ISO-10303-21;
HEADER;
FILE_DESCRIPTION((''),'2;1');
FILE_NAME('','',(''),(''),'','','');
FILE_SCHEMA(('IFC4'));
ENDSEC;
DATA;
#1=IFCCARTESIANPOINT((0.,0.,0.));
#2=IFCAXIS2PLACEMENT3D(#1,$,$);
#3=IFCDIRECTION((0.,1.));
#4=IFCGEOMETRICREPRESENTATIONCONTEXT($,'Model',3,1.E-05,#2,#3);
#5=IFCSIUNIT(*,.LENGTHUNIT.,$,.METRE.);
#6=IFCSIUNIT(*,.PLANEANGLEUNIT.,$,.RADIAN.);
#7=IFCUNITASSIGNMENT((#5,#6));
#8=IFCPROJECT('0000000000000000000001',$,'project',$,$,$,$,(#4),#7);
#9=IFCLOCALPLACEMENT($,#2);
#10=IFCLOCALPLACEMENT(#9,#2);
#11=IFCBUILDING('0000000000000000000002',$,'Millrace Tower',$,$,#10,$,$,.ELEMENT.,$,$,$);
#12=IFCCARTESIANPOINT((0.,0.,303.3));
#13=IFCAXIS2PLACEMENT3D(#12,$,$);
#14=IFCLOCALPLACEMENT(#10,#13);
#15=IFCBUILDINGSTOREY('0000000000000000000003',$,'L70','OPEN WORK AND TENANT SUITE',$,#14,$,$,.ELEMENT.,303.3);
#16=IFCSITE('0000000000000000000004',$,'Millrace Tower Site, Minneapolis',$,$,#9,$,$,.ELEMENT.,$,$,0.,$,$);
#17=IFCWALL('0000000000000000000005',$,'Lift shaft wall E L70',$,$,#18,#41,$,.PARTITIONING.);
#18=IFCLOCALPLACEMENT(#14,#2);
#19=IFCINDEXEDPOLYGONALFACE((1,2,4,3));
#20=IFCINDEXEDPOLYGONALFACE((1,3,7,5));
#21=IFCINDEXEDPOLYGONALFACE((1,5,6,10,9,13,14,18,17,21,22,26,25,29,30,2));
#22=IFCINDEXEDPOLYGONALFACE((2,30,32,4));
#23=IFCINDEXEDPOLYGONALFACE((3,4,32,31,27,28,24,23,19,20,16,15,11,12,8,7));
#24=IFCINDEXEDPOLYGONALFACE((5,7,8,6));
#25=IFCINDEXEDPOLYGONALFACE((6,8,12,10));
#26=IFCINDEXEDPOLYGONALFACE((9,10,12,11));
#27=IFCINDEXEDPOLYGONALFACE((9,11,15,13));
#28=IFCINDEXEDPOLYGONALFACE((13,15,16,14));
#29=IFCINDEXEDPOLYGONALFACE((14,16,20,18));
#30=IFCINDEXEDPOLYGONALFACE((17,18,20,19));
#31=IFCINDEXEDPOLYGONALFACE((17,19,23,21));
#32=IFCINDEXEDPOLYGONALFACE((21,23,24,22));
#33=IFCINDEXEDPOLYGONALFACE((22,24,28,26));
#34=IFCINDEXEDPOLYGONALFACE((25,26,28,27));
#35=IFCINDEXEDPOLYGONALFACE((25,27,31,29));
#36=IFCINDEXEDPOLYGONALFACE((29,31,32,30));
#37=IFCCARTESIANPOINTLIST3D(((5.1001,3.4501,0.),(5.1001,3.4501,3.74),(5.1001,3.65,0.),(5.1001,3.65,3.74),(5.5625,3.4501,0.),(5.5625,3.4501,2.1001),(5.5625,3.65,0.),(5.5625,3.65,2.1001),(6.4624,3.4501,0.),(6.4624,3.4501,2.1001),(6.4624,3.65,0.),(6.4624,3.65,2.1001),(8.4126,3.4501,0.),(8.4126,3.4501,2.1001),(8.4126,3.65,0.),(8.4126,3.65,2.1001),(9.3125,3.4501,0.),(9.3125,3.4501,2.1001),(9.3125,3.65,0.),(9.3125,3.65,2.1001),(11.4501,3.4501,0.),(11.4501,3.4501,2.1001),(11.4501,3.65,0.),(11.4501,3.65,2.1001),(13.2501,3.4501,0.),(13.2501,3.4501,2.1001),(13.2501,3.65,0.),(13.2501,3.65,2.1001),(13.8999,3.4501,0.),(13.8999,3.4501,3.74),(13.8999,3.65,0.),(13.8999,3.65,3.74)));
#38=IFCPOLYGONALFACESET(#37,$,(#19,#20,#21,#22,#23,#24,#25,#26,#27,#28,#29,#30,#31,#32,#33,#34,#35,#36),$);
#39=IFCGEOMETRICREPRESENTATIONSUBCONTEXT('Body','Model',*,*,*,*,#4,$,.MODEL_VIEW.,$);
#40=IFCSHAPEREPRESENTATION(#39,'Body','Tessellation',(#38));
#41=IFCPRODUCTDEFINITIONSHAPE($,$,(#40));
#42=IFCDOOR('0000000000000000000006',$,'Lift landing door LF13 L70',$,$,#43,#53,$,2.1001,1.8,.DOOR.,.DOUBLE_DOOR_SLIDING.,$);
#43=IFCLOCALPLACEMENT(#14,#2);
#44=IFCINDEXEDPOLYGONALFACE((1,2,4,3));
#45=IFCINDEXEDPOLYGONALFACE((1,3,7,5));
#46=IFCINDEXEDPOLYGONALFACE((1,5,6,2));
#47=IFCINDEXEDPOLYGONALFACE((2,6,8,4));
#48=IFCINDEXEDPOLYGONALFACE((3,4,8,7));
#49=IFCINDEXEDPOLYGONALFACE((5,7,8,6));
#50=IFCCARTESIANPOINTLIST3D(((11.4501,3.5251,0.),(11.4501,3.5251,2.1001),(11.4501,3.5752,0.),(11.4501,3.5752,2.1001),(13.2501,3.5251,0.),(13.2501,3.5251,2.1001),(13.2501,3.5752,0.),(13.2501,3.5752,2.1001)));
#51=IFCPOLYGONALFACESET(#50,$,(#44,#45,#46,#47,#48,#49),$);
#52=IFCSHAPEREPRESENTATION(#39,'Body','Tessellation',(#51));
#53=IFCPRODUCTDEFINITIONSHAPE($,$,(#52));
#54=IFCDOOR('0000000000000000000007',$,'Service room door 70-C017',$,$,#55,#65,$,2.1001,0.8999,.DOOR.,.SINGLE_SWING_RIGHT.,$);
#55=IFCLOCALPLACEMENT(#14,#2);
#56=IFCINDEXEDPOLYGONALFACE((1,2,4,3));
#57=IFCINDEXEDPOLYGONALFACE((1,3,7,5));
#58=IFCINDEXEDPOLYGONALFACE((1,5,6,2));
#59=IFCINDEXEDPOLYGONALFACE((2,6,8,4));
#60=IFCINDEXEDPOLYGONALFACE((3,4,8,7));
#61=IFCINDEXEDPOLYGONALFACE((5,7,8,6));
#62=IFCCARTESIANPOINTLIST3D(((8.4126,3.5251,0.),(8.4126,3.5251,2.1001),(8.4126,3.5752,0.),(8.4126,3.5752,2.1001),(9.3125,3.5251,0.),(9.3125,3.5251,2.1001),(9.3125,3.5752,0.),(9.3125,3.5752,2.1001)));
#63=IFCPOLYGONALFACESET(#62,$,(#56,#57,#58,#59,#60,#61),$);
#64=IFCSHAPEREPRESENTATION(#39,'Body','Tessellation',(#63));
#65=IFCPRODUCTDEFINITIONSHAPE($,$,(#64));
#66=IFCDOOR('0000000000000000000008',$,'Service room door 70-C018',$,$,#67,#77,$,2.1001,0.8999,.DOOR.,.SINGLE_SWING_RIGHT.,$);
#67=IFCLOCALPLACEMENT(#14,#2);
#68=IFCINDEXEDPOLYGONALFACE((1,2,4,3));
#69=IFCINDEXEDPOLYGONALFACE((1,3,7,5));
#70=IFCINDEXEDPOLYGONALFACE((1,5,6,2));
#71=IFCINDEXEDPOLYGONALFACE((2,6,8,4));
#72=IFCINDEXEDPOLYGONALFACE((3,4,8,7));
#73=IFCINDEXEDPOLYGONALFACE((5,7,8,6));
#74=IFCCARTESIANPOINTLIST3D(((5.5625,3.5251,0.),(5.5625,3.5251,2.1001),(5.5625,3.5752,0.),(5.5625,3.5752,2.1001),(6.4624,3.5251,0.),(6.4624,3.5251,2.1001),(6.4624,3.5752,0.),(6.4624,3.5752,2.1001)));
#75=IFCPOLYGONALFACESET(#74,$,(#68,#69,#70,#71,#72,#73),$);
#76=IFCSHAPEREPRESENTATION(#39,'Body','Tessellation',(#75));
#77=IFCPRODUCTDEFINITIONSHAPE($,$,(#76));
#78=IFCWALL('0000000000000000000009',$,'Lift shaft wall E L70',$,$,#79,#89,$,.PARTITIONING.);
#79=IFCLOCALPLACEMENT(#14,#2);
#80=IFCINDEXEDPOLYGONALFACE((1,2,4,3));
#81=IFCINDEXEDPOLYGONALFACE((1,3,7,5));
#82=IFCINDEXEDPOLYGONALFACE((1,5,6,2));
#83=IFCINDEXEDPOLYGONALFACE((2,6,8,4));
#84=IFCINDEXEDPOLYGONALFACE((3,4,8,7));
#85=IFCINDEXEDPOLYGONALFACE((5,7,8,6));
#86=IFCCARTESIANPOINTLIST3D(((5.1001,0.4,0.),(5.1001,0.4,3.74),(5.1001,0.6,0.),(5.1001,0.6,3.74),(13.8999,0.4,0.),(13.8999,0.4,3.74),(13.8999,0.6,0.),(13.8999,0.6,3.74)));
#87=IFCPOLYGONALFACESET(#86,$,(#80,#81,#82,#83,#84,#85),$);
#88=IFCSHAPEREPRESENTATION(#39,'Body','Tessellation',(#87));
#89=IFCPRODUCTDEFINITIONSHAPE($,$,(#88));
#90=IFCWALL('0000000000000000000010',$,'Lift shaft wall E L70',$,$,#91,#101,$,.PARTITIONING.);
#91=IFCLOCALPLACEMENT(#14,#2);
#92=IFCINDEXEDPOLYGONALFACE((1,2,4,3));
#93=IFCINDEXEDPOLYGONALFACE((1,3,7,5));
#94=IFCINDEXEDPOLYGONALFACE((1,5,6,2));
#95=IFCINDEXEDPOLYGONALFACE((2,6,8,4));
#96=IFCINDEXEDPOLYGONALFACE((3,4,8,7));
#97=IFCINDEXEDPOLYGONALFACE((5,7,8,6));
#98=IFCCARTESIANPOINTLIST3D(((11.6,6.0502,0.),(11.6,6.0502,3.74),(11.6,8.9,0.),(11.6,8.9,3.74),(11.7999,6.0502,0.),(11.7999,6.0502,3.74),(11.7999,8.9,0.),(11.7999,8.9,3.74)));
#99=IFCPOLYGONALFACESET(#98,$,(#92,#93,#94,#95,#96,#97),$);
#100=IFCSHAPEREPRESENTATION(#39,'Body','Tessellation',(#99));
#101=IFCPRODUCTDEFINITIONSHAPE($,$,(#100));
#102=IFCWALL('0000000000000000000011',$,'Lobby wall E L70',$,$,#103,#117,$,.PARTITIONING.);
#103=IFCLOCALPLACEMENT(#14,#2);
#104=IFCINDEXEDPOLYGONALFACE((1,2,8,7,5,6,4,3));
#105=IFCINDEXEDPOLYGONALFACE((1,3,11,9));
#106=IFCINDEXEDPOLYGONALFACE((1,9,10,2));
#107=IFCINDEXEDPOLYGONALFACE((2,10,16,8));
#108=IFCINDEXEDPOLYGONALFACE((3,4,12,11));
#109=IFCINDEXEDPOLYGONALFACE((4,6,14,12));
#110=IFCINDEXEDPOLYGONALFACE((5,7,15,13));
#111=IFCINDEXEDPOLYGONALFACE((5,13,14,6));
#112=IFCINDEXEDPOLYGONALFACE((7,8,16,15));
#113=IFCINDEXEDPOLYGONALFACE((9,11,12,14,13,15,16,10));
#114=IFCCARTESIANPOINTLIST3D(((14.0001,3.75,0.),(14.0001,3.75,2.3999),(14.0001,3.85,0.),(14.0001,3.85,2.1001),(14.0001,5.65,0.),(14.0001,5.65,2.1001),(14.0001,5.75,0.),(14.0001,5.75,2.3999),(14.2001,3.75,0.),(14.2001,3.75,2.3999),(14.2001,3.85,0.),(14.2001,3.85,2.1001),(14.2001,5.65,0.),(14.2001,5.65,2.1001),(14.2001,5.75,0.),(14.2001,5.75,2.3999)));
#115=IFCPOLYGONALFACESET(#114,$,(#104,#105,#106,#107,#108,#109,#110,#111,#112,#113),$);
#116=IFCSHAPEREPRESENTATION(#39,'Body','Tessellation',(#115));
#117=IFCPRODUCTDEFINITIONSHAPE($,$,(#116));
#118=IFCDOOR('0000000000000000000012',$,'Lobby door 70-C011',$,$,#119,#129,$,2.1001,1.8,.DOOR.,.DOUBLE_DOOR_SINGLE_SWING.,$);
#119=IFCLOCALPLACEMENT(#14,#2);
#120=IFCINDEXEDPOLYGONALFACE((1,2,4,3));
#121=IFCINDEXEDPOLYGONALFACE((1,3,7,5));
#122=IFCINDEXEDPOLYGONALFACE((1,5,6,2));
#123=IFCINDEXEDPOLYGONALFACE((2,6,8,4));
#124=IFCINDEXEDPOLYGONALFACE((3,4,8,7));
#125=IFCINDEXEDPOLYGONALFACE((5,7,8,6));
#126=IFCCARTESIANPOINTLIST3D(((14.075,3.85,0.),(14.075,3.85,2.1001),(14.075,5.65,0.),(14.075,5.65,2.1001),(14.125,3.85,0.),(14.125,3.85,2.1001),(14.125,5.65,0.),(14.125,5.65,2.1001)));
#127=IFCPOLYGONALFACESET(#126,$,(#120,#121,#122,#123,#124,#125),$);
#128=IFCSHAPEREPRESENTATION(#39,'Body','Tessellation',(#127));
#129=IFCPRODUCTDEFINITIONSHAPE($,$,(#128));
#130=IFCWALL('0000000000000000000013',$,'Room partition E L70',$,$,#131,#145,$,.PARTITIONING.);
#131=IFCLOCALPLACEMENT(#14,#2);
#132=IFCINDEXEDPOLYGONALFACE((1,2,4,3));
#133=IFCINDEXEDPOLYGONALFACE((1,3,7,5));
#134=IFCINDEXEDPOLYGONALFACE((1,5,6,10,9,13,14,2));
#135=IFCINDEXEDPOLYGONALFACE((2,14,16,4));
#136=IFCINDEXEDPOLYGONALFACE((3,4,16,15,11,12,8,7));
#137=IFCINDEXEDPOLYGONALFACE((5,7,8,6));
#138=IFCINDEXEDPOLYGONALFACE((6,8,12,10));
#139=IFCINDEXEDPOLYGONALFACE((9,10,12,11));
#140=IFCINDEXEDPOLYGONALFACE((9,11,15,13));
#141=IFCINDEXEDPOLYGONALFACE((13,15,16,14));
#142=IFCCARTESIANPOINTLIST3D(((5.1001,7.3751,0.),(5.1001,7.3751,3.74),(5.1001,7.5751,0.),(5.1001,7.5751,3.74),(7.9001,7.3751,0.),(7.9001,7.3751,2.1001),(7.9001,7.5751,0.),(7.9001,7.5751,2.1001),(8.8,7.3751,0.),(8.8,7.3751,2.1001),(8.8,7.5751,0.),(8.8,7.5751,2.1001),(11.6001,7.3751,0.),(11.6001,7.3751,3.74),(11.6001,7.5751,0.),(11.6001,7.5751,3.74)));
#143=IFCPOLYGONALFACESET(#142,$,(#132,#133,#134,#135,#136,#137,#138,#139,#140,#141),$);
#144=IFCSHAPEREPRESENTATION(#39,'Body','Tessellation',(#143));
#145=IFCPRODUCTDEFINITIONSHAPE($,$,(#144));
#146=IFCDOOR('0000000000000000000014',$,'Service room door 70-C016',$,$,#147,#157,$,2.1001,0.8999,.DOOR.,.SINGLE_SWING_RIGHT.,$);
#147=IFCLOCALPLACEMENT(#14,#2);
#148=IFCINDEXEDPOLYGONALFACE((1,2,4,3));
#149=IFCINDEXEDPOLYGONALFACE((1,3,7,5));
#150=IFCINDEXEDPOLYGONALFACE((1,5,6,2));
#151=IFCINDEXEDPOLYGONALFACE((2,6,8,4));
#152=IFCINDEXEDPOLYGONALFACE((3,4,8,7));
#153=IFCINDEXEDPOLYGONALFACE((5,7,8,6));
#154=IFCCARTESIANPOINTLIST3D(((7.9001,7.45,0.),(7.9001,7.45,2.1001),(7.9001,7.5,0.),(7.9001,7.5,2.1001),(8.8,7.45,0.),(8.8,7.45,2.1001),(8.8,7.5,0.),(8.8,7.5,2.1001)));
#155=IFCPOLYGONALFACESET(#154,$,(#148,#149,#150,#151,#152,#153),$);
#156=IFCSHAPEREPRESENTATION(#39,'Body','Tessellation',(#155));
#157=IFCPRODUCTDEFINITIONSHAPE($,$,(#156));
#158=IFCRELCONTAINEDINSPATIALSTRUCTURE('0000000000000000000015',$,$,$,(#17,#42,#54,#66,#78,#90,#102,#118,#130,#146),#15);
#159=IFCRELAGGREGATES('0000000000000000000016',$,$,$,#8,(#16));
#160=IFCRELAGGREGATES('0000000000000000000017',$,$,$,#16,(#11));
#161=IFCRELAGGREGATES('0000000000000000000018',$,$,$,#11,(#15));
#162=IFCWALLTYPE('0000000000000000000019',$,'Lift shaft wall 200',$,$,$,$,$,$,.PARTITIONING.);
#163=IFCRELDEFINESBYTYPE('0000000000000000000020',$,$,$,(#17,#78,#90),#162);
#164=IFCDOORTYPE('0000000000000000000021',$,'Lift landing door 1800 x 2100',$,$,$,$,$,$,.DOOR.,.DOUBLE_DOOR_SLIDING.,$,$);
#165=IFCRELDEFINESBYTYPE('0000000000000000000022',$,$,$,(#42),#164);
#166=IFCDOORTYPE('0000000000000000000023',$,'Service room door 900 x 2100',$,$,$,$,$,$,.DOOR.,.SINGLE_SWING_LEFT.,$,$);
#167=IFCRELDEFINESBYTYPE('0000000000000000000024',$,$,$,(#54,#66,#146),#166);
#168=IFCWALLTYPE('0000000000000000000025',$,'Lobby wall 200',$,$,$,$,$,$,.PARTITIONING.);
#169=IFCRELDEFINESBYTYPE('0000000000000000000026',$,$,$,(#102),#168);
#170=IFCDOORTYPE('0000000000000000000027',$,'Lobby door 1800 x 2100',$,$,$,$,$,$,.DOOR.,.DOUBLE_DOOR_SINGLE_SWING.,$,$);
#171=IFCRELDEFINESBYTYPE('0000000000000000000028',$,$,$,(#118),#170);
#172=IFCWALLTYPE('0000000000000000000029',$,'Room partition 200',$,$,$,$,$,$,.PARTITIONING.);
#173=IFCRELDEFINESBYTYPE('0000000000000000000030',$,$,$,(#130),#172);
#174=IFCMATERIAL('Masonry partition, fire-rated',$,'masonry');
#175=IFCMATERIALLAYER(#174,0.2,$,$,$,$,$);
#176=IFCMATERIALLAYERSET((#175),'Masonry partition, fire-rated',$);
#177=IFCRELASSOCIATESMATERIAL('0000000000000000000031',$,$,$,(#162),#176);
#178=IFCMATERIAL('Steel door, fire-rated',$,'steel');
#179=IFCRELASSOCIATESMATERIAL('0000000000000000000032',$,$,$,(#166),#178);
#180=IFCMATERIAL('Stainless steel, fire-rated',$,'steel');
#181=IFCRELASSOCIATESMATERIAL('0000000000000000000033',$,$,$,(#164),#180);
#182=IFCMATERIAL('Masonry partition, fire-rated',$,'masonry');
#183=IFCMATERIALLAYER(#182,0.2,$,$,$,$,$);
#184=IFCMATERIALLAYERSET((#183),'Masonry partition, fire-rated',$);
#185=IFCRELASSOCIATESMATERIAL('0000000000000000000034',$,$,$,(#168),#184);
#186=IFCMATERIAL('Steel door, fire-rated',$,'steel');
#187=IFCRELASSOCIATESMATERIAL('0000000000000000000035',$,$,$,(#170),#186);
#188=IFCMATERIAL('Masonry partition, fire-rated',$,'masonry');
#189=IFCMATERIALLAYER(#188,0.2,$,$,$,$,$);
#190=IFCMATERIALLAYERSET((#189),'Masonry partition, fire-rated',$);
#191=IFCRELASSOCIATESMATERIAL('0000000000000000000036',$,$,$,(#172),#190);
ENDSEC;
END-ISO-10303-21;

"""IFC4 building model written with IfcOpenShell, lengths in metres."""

from ifc_helpers import new_model, si_unit, direction, frame, frame_2d, origin, place, context, subcontext, project, spatial, rectangle, extrude, material, layer, layer_set, type_object, element, fill, save


model = new_model("IFC4")

# Units and contexts
model_context = context("Model", 3, precision=1e-05, world=origin(), true_north=direction((0.0, 1.0)))
body_context = subcontext(model_context, "Body", "Model", "MODEL_VIEW")
ifc_project = project(units=[si_unit("LENGTHUNIT", "METRE"), si_unit("PLANEANGLEUNIT", "RADIAN")], contexts=[model_context])

# Site, building, storey
site_placement = place(None, origin())
site = spatial("IfcSite", under=ifc_project, at=site_placement, Name="Millrace Tower Site, Minneapolis", CompositionType="ELEMENT", RefElevation=0.0)
building_placement = place(site_placement, origin())
building = spatial("IfcBuilding", under=site, at=building_placement, Name="Millrace Tower", CompositionType="ELEMENT")
storey_placement = place(building_placement, frame((0.0, 0.0, 303.3)))
storey = spatial("IfcBuildingStorey", under=building, at=storey_placement, Name="L70", Description="OPEN WORK AND TENANT SUITE", CompositionType="ELEMENT", Elevation=303.3)

# Wall, openings, doors
ifc_material_1 = material(Name="Masonry partition, fire-rated", Category="masonry")
ifc_layer_1 = layer(ifc_material_1, 0.2)
ifc_layer_set_1 = layer_set([ifc_layer_1], Name="Masonry partition, fire-rated")
wall_type_1 = type_object("IfcWallType", Name="Lift shaft wall 200", PredefinedType="PARTITIONING", material=ifc_layer_set_1)
ifc_material_2 = material(Name="Steel door, fire-rated", Category="steel")
door_type_1 = type_object("IfcDoorType", Name="Service room door 900 x 2100", OperationType="SINGLE_SWING_LEFT", PredefinedType="DOOR", material=ifc_material_2)
wall_1_placement = place(storey_placement, frame((13.8999, 3.55, 0.0), z_axis=(0.0, 0.0, 1.0), x_axis=(-1.0, 0.0, 0.0)))
wall_1 = element("IfcWall", 1, at=wall_1_placement, inside=storey, type_object=wall_type_1, Name="Lift shaft wall E L70", PredefinedType="PARTITIONING", context=body_context, shape_type="SweptSolid", body=[
    extrude(rectangle(XDim=8.7998, YDim=0.2, at=frame_2d((4.3999, 0.0))), origin(), (0.0, 0.0, 1.0), 3.74),
])
opening_1_placement = place(wall_1_placement, frame((0.6499, 0.0, 0.0)))
opening_1 = element("IfcOpeningElement", 2, at=opening_1_placement, cuts=wall_1, PredefinedType="OPENING", context=body_context, shape_type="SweptSolid", body=[
    extrude(rectangle(XDim=1.8, YDim=2.1001, at=frame_2d((0.8999, 1.05))), frame((0.0, 0.1099, 0.0), z_axis=(0.0, -1.0, 0.0), x_axis=(1.0, 0.0, 0.0)), (0.0, 0.0, 1.0), 0.22),
])
opening_2_placement = place(wall_1_placement, frame((4.5874, 0.0, 0.0)))
opening_2 = element("IfcOpeningElement", 3, at=opening_2_placement, cuts=wall_1, PredefinedType="OPENING", context=body_context, shape_type="SweptSolid", body=[
    extrude(rectangle(XDim=0.8999, YDim=2.1001, at=frame_2d((0.45, 1.05))), frame((0.0, 0.1099, 0.0), z_axis=(0.0, -1.0, 0.0), x_axis=(1.0, 0.0, 0.0)), (0.0, 0.0, 1.0), 0.22),
])
opening_3_placement = place(wall_1_placement, frame((7.4375, 0.0, 0.0)))
opening_3 = element("IfcOpeningElement", 4, at=opening_3_placement, cuts=wall_1, PredefinedType="OPENING", context=body_context, shape_type="SweptSolid", body=[
    extrude(rectangle(XDim=0.8999, YDim=2.1001, at=frame_2d((0.45, 1.05))), frame((0.0, 0.1099, 0.0), z_axis=(0.0, -1.0, 0.0), x_axis=(1.0, 0.0, 0.0)), (0.0, 0.0, 1.0), 0.22),
])
ifc_material_3 = material(Name="Stainless steel, fire-rated", Category="steel")
door_type_2 = type_object("IfcDoorType", Name="Lift landing door 1800 x 2100", OperationType="DOUBLE_DOOR_SLIDING", PredefinedType="DOOR", material=ifc_material_3)
door_1_placement = place(opening_1_placement, origin())
door_1 = element("IfcDoor", 5, at=door_1_placement, inside=storey, type_object=door_type_2, Name="Lift landing door LF13 L70", OperationType="DOUBLE_DOOR_SLIDING", OverallHeight=2.1001, OverallWidth=1.8, PredefinedType="DOOR", context=body_context, shape_type="SweptSolid", body=[
    extrude(rectangle(XDim=1.8, YDim=2.1001, at=frame_2d((0.8999, 1.05))), frame((0.0, 0.0249, 0.0), z_axis=(0.0, -1.0, 0.0), x_axis=(1.0, 0.0, 0.0)), (0.0, 0.0, 1.0), 0.05),
])
fill(opening_1, door_1)
door_2_placement = place(opening_2_placement, origin())
door_2 = element("IfcDoor", 6, at=door_2_placement, inside=storey, type_object=door_type_1, Name="Service room door 70-C017", OperationType="SINGLE_SWING_RIGHT", OverallHeight=2.1001, OverallWidth=0.8999, PredefinedType="DOOR", context=body_context, shape_type="SweptSolid", body=[
    extrude(rectangle(XDim=0.8999, YDim=2.1001, at=frame_2d((0.45, 1.05))), frame((0.0, 0.0249, 0.0), z_axis=(0.0, -1.0, 0.0), x_axis=(1.0, 0.0, 0.0)), (0.0, 0.0, 1.0), 0.05),
])
fill(opening_2, door_2)
door_3_placement = place(opening_3_placement, origin())
door_3 = element("IfcDoor", 7, at=door_3_placement, inside=storey, type_object=door_type_1, Name="Service room door 70-C018", OperationType="SINGLE_SWING_RIGHT", OverallHeight=2.1001, OverallWidth=0.8999, PredefinedType="DOOR", context=body_context, shape_type="SweptSolid", body=[
    extrude(rectangle(XDim=0.8999, YDim=2.1001, at=frame_2d((0.45, 1.05))), frame((0.0, 0.0249, 0.0), z_axis=(0.0, -1.0, 0.0), x_axis=(1.0, 0.0, 0.0)), (0.0, 0.0, 1.0), 0.05),
])
fill(opening_3, door_3)

# Walls
wall_2_placement = place(storey_placement, frame((13.8999, 0.5, 0.0), z_axis=(0.0, 0.0, 1.0), x_axis=(-1.0, 0.0, 0.0)))
element("IfcWall", 8, at=wall_2_placement, inside=storey, type_object=wall_type_1, Name="Lift shaft wall E L70", PredefinedType="PARTITIONING", context=body_context, shape_type="SweptSolid", body=[
    extrude(rectangle(XDim=8.7998, YDim=0.2, at=frame_2d((4.3999, 0.0))), origin(), (0.0, 0.0, 1.0), 3.74),
])
wall_3_placement = place(storey_placement, frame((11.7, 8.8999, 0.0), z_axis=(0.0, 0.0, 1.0), x_axis=(0.0, -1.0, 0.0)))
element("IfcWall", 9, at=wall_3_placement, inside=storey, type_object=wall_type_1, Name="Lift shaft wall E L70", PredefinedType="PARTITIONING", context=body_context, shape_type="SweptSolid", body=[
    extrude(rectangle(XDim=2.8499, YDim=0.2, at=frame_2d((1.4248, 0.0))), origin(), (0.0, 0.0, 1.0), 3.74),
])

# Walls, openings, doors
ifc_material_4 = material(Name="Masonry partition, fire-rated", Category="masonry")
ifc_layer_2 = layer(ifc_material_4, 0.2)
ifc_layer_set_2 = layer_set([ifc_layer_2], Name="Masonry partition, fire-rated")
wall_type_2 = type_object("IfcWallType", Name="Lobby wall 200", PredefinedType="PARTITIONING", material=ifc_layer_set_2)
wall_4_placement = place(storey_placement, frame((14.1001, 5.75, 0.0), z_axis=(0.0, 0.0, 1.0), x_axis=(0.0, -1.0, 0.0)))
wall_4 = element("IfcWall", 10, at=wall_4_placement, inside=storey, type_object=wall_type_2, Name="Lobby wall E L70", PredefinedType="PARTITIONING", context=body_context, shape_type="SweptSolid", body=[
    extrude(rectangle(XDim=2.0, YDim=0.2, at=frame_2d((1.0, 0.0))), origin(), (0.0, 0.0, 1.0), 2.3999),
])
opening_4_placement = place(wall_4_placement, frame((0.1001, 0.0, 0.0)))
opening_4 = element("IfcOpeningElement", 11, at=opening_4_placement, cuts=wall_4, PredefinedType="OPENING", context=body_context, shape_type="SweptSolid", body=[
    extrude(rectangle(XDim=1.8, YDim=2.1001, at=frame_2d((0.8999, 1.05))), frame((0.0, 0.1099, 0.0), z_axis=(0.0, -1.0, 0.0), x_axis=(1.0, 0.0, 0.0)), (0.0, 0.0, 1.0), 0.22),
])
ifc_material_5 = material(Name="Steel door, fire-rated", Category="steel")
door_type_3 = type_object("IfcDoorType", Name="Lobby door 1800 x 2100", OperationType="DOUBLE_DOOR_SINGLE_SWING", PredefinedType="DOOR", material=ifc_material_5)
door_4_placement = place(opening_4_placement, origin())
door_4 = element("IfcDoor", 12, at=door_4_placement, inside=storey, type_object=door_type_3, Name="Lobby door 70-C011", OperationType="DOUBLE_DOOR_SINGLE_SWING", OverallHeight=2.1001, OverallWidth=1.8, PredefinedType="DOOR", context=body_context, shape_type="SweptSolid", body=[
    extrude(rectangle(XDim=1.8, YDim=2.1001, at=frame_2d((0.8999, 1.05))), frame((0.0, 0.0249, 0.0), z_axis=(0.0, -1.0, 0.0), x_axis=(1.0, 0.0, 0.0)), (0.0, 0.0, 1.0), 0.05),
])
fill(opening_4, door_4)
ifc_material_6 = material(Name="Masonry partition, fire-rated", Category="masonry")
ifc_layer_3 = layer(ifc_material_6, 0.2)
ifc_layer_set_3 = layer_set([ifc_layer_3], Name="Masonry partition, fire-rated")
wall_type_3 = type_object("IfcWallType", Name="Room partition 200", PredefinedType="PARTITIONING", material=ifc_layer_set_3)
wall_5_placement = place(storey_placement, frame((11.6001, 7.4751, 0.0), z_axis=(0.0, 0.0, 1.0), x_axis=(-1.0, 0.0, 0.0)))
wall_5 = element("IfcWall", 13, at=wall_5_placement, inside=storey, type_object=wall_type_3, Name="Room partition E L70", PredefinedType="PARTITIONING", context=body_context, shape_type="SweptSolid", body=[
    extrude(rectangle(XDim=6.5, YDim=0.2, at=frame_2d((3.25, 0.0))), origin(), (0.0, 0.0, 1.0), 3.74),
])
opening_5_placement = place(wall_5_placement, frame((2.8, 0.0, 0.0)))
opening_5 = element("IfcOpeningElement", 14, at=opening_5_placement, cuts=wall_5, PredefinedType="OPENING", context=body_context, shape_type="SweptSolid", body=[
    extrude(rectangle(XDim=0.8999, YDim=2.1001, at=frame_2d((0.45, 1.05))), frame((0.0, 0.1099, 0.0), z_axis=(0.0, -1.0, 0.0), x_axis=(1.0, 0.0, 0.0)), (0.0, 0.0, 1.0), 0.22),
])
door_5_placement = place(opening_5_placement, frame((0.8999, 0.0, 0.0), z_axis=(0.0, 0.0, 1.0), x_axis=(-1.0, 0.0, 0.0)))
door_5 = element("IfcDoor", 15, at=door_5_placement, inside=storey, type_object=door_type_1, Name="Service room door 70-C016", OperationType="SINGLE_SWING_RIGHT", OverallHeight=2.1001, OverallWidth=0.8999, PredefinedType="DOOR", context=body_context, shape_type="SweptSolid", body=[
    extrude(rectangle(XDim=0.8999, YDim=2.1001, at=frame_2d((0.45, 1.05))), frame((0.0, 0.0249, 0.0), z_axis=(0.0, -1.0, 0.0), x_axis=(1.0, 0.0, 0.0)), (0.0, 0.0, 1.0), 0.05),
])
fill(opening_5, door_5)

save(model, "model.ifc")
